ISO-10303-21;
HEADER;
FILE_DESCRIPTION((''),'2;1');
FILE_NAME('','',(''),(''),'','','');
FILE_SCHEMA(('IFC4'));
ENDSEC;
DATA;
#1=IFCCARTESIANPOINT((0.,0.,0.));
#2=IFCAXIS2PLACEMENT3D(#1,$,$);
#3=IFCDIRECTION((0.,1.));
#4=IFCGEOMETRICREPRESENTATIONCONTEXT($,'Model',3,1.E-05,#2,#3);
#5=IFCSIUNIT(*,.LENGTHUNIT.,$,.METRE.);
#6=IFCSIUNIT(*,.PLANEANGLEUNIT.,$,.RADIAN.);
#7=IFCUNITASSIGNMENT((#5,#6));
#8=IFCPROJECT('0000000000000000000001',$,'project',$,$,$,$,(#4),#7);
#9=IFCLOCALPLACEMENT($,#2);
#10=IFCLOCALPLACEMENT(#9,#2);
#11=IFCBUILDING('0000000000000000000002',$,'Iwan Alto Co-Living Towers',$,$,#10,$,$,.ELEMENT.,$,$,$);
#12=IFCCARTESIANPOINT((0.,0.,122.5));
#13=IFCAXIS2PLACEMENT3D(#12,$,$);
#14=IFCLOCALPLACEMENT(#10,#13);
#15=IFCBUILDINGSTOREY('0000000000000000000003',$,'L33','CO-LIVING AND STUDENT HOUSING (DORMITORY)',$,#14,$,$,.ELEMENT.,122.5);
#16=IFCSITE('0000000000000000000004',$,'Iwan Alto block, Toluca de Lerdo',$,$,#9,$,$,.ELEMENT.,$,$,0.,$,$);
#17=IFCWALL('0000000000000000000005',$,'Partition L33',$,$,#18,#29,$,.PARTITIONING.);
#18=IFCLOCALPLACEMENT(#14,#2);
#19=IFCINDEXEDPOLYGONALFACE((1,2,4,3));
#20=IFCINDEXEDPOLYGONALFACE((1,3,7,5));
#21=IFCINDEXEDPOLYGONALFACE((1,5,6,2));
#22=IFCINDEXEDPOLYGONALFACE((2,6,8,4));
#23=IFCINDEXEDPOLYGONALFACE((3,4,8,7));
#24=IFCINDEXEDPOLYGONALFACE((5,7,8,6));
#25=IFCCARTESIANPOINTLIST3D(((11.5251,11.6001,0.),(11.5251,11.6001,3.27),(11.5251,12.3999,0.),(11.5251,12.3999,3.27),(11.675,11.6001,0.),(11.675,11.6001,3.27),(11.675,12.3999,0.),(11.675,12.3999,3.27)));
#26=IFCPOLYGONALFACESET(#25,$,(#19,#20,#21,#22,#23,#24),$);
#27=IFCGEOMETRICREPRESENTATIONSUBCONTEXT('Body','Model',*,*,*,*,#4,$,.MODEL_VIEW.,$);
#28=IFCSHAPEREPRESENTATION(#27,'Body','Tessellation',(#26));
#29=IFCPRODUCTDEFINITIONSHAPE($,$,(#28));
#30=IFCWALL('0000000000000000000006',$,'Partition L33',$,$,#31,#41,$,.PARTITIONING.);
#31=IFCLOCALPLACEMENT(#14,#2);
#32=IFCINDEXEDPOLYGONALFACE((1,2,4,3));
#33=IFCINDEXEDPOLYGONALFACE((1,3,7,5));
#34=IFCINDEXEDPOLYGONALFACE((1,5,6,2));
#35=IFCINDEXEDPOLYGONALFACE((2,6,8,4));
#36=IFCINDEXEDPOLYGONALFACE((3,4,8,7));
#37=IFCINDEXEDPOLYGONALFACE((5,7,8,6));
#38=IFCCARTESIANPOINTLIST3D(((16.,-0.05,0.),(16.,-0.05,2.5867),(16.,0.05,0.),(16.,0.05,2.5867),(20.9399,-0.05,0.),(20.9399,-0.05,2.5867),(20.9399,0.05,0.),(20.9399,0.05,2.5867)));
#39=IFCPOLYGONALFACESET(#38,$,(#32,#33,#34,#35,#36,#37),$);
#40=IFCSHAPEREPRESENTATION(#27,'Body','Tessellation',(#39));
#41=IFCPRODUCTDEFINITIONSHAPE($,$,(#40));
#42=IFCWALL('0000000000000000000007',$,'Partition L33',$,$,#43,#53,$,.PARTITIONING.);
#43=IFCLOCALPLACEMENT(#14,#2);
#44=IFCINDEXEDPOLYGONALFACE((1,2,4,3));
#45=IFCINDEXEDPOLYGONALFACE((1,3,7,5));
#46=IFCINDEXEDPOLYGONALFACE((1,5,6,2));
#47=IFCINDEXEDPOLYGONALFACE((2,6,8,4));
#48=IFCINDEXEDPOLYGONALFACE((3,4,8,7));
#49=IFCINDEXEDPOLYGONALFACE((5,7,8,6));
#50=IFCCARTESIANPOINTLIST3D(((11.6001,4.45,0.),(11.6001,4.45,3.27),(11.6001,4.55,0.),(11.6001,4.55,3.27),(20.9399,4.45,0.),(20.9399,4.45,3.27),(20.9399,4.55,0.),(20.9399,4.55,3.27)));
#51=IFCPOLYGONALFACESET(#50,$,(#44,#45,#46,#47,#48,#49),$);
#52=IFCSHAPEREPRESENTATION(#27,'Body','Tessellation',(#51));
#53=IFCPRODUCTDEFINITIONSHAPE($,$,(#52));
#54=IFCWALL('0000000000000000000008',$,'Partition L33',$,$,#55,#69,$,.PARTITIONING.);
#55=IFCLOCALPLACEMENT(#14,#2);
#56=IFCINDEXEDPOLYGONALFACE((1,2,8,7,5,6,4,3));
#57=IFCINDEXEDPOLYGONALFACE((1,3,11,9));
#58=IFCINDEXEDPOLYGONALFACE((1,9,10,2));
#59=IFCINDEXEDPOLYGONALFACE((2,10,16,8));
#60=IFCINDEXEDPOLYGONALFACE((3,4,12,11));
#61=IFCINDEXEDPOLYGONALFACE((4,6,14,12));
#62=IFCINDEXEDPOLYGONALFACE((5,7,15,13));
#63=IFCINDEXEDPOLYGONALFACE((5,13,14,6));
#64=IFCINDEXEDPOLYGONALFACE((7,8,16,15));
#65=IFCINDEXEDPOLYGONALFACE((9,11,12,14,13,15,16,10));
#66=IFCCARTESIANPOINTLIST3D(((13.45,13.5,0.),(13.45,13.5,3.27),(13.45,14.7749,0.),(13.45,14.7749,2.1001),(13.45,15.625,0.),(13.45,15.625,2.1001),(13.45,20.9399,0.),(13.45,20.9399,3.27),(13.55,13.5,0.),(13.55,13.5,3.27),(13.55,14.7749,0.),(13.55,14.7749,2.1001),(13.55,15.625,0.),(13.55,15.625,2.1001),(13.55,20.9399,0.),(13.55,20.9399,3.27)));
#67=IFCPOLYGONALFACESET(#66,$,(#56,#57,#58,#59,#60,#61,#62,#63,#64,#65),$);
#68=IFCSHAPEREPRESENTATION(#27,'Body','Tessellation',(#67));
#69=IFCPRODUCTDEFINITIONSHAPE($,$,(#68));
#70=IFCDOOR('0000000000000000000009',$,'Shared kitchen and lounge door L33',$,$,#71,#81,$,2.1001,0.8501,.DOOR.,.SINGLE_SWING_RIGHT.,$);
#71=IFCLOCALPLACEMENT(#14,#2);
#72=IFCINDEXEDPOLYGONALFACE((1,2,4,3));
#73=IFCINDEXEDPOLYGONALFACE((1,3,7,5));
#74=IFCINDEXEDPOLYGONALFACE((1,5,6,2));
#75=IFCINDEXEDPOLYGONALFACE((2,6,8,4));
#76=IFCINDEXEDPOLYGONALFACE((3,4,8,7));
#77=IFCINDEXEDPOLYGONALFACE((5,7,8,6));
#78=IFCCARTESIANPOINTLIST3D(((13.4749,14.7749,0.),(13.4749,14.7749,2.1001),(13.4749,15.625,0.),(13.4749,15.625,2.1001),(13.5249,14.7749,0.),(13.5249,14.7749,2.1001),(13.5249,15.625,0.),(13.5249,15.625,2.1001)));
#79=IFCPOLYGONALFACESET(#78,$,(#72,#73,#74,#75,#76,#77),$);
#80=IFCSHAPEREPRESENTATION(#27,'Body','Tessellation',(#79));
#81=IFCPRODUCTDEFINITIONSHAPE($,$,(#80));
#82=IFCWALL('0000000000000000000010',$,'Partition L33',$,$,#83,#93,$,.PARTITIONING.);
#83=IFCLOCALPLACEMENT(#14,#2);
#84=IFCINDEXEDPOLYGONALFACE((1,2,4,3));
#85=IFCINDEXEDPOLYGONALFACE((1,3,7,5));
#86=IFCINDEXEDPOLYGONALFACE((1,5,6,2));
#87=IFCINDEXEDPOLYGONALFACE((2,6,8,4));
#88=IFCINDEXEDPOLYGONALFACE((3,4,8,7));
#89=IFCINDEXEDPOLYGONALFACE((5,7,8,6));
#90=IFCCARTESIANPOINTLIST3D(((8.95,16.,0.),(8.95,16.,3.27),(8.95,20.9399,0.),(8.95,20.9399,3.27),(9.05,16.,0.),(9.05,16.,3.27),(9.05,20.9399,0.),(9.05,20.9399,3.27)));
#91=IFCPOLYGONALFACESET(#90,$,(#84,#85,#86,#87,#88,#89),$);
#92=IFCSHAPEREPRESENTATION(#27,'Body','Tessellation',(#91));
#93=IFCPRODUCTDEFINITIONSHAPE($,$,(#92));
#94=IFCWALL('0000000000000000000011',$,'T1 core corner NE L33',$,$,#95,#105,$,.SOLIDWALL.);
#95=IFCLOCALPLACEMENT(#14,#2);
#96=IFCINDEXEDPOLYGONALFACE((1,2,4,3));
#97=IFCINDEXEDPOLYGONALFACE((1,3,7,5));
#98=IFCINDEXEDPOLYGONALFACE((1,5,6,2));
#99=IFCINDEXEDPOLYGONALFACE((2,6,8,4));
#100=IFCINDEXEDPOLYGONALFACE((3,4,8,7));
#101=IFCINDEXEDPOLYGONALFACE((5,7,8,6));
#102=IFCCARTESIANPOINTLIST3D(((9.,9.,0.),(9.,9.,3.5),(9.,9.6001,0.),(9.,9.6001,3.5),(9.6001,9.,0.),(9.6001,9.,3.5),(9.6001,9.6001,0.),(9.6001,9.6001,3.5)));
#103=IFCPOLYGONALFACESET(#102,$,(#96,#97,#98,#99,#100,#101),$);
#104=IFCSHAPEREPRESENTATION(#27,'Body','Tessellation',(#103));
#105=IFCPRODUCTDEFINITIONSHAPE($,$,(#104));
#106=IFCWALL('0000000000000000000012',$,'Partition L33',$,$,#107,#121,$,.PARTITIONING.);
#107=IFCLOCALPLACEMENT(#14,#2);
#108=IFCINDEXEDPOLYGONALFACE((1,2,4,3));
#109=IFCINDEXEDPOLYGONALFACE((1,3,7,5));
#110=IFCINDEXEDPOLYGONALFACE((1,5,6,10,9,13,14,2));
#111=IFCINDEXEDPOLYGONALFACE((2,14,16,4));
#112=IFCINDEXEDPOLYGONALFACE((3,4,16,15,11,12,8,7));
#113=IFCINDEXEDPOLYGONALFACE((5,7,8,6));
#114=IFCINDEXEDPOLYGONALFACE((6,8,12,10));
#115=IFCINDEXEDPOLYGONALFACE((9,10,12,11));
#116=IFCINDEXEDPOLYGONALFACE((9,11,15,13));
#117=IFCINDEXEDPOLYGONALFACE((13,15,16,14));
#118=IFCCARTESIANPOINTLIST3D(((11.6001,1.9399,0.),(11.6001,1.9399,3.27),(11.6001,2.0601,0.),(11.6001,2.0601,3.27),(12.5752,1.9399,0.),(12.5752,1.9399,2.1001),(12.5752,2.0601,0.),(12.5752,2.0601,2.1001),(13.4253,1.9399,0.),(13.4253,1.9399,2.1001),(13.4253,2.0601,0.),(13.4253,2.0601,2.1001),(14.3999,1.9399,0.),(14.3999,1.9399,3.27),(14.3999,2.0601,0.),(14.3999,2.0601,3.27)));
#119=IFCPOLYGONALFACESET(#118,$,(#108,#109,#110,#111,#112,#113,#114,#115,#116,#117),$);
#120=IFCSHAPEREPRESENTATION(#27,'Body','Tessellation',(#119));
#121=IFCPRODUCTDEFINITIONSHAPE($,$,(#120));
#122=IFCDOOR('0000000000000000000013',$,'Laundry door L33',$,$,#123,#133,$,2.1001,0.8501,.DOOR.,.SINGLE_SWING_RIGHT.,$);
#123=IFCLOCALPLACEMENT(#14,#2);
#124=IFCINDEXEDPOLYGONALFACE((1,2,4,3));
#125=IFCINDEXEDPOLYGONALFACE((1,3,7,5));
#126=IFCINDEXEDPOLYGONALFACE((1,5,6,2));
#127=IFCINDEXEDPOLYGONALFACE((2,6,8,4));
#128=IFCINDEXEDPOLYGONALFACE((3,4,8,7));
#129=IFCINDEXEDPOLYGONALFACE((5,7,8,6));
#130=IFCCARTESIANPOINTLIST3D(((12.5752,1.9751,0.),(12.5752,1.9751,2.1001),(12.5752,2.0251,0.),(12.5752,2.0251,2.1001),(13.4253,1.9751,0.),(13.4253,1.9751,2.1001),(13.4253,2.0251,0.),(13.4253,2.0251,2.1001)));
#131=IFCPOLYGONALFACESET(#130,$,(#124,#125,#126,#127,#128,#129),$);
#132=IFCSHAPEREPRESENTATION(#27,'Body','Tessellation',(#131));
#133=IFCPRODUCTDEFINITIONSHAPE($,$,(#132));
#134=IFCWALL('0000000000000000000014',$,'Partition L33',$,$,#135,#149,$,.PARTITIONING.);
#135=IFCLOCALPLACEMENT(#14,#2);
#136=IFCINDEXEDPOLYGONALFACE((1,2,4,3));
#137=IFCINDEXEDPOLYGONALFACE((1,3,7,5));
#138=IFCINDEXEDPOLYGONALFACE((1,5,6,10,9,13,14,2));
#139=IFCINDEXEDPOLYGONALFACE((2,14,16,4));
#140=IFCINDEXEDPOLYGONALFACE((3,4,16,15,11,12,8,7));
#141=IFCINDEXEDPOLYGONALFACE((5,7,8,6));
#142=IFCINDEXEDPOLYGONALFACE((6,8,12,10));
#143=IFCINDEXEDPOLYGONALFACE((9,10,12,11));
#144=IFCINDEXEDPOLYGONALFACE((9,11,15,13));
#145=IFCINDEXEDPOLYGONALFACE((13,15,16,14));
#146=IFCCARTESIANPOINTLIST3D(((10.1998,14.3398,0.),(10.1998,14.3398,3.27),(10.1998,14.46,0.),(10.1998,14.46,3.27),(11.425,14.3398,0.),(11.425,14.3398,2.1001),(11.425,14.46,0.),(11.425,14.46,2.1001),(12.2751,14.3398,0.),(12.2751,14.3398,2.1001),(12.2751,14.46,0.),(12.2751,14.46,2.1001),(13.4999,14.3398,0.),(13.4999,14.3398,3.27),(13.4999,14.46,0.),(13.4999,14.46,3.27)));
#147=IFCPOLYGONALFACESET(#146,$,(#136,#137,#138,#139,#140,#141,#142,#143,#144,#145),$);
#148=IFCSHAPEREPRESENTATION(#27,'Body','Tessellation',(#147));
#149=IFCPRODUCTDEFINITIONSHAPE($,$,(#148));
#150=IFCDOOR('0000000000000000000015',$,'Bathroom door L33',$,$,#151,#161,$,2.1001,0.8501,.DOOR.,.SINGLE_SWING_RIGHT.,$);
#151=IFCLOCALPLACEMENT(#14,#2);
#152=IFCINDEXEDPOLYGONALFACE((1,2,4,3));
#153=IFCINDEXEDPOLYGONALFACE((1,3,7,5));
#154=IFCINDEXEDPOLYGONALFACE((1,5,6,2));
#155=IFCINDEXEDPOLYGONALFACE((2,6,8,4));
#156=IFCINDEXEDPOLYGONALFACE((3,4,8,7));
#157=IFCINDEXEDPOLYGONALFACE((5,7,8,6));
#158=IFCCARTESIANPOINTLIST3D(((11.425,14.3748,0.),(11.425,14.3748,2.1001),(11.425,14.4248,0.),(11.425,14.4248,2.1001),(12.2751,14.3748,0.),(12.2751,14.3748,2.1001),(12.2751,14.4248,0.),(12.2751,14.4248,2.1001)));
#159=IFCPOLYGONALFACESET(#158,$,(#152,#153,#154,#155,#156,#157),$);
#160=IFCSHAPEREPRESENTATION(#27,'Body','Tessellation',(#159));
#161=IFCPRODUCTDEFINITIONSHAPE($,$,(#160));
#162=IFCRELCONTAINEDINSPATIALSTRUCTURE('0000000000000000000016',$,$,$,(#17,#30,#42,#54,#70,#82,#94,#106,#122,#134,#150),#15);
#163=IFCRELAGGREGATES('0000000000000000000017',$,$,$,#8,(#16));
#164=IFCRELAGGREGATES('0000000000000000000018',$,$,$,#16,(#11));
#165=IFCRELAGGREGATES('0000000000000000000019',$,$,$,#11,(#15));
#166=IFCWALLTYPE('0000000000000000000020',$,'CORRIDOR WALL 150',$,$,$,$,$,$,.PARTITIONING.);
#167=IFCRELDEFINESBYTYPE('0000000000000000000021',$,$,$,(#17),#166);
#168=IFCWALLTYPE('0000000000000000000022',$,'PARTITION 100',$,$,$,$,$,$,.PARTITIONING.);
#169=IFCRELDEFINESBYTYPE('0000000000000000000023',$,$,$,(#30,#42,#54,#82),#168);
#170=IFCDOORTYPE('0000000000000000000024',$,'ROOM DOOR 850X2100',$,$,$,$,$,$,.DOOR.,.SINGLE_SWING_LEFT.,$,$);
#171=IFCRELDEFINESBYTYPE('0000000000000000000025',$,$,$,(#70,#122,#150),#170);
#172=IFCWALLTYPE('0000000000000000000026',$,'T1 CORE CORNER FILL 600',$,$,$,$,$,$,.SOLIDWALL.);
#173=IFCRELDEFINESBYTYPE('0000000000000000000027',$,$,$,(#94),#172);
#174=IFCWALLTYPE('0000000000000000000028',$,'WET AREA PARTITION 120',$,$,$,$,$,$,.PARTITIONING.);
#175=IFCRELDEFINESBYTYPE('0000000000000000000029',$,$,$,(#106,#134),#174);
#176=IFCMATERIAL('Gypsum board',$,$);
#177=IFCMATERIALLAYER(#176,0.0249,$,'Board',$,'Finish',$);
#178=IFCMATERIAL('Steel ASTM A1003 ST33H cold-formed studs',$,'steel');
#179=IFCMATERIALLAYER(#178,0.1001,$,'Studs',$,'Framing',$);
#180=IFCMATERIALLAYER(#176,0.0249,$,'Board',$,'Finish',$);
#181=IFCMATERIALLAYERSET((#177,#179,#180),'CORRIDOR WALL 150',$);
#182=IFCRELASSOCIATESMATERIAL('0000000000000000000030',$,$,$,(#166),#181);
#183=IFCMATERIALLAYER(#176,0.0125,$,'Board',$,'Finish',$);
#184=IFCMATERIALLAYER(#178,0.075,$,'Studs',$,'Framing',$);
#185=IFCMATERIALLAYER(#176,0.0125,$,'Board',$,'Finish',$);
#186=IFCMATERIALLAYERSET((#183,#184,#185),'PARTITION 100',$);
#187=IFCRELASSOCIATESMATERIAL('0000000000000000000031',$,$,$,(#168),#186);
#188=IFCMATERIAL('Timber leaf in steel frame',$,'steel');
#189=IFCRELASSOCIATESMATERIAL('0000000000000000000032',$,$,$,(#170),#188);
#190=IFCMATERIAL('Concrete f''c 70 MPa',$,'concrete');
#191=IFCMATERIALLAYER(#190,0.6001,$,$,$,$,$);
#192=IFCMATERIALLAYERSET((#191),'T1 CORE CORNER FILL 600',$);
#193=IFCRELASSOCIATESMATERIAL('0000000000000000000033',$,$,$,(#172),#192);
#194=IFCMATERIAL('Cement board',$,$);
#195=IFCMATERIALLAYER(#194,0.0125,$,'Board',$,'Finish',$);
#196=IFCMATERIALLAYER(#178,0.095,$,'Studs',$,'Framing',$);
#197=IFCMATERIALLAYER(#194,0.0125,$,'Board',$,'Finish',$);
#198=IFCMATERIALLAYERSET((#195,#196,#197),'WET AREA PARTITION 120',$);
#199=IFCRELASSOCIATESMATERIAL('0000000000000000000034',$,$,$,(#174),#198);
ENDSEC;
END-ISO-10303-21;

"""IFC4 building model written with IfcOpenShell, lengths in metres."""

from ifc_helpers import new_model, si_unit, direction, frame, frame_2d, origin, place, context, subcontext, project, spatial, rectangle, extrude, material, layer, layer_set, type_object, element, fill, save


model = new_model("IFC4")

# Units and contexts
model_context = context("Model", 3, precision=1e-05, world=origin(), true_north=direction((0.0, 1.0)))
body_context = subcontext(model_context, "Body", "Model", "MODEL_VIEW")
ifc_project = project(units=[si_unit("LENGTHUNIT", "METRE"), si_unit("PLANEANGLEUNIT", "RADIAN")], contexts=[model_context])

# Site, building, storey
site_placement = place(None, origin())
site = spatial("IfcSite", under=ifc_project, at=site_placement, Name="Iwan Alto block, Toluca de Lerdo", CompositionType="ELEMENT", RefElevation=0.0)
building_placement = place(site_placement, origin())
building = spatial("IfcBuilding", under=site, at=building_placement, Name="Iwan Alto Co-Living Towers", CompositionType="ELEMENT")
storey_placement = place(building_placement, frame((0.0, 0.0, 122.5)))
storey = spatial("IfcBuildingStorey", under=building, at=storey_placement, Name="L33", Description="CO-LIVING AND STUDENT HOUSING (DORMITORY)", CompositionType="ELEMENT", Elevation=122.5)

# Shared definitions
ifc_material_1 = material(Name="Gypsum board")
ifc_layer_1 = layer(ifc_material_1, 0.0249, Name="Board", Category="Finish")
ifc_material_2 = material(Name="Steel ASTM A1003 ST33H cold-formed studs", Category="steel")
ifc_layer_2 = layer(ifc_material_2, 0.1001, Name="Studs", Category="Framing")
ifc_layer_3 = layer(ifc_material_1, 0.0249, Name="Board", Category="Finish")
ifc_layer_set_1 = layer_set([ifc_layer_1, ifc_layer_2, ifc_layer_3], Name="CORRIDOR WALL 150")
wall_type_1 = type_object("IfcWallType", Name="CORRIDOR WALL 150", PredefinedType="PARTITIONING", material=ifc_layer_set_1)

# Walls
wall_1_placement = place(storey_placement, frame((11.6001, 11.6001, 0.0), z_axis=(0.0, 0.0, 1.0), x_axis=(0.0, 1.0, 0.0)))
element("IfcWall", 1, at=wall_1_placement, inside=storey, type_object=wall_type_1, Name="Partition L33", PredefinedType="PARTITIONING", context=body_context, shape_type="SweptSolid", body=[
    extrude(rectangle(XDim=0.7998, YDim=0.1499, at=frame_2d((0.3999, 0.0))), origin(), (0.0, 0.0, 1.0), 3.27),
])
ifc_layer_4 = layer(ifc_material_1, 0.0125, Name="Board", Category="Finish")
ifc_layer_5 = layer(ifc_material_2, 0.075, Name="Studs", Category="Framing")
ifc_layer_6 = layer(ifc_material_1, 0.0125, Name="Board", Category="Finish")
ifc_layer_set_2 = layer_set([ifc_layer_4, ifc_layer_5, ifc_layer_6], Name="PARTITION 100")
wall_type_2 = type_object("IfcWallType", Name="PARTITION 100", PredefinedType="PARTITIONING", material=ifc_layer_set_2)
wall_2_placement = place(storey_placement, frame((16.0, 0.0, 0.0), z_axis=(0.0, 0.0, 1.0), x_axis=(1.0, 0.0, 0.0)))
element("IfcWall", 2, at=wall_2_placement, inside=storey, type_object=wall_type_2, Name="Partition L33", PredefinedType="PARTITIONING", context=body_context, shape_type="SweptSolid", body=[
    extrude(rectangle(XDim=4.9399, YDim=0.1001, at=frame_2d((2.47, 0.0))), origin(), (0.0, 0.0, 1.0), 2.5867),
])
wall_3_placement = place(storey_placement, frame((11.6001, 4.5, 0.0), z_axis=(0.0, 0.0, 1.0), x_axis=(1.0, 0.0, 0.0)))
element("IfcWall", 3, at=wall_3_placement, inside=storey, type_object=wall_type_2, Name="Partition L33", PredefinedType="PARTITIONING", context=body_context, shape_type="SweptSolid", body=[
    extrude(rectangle(XDim=9.3398, YDim=0.1001, at=frame_2d((4.6699, 0.0))), origin(), (0.0, 0.0, 1.0), 3.27),
])

# Wall, opening, door
wall_4_placement = place(storey_placement, frame((13.5, 13.5, 0.0), z_axis=(0.0, 0.0, 1.0), x_axis=(0.0, 1.0, 0.0)))
wall_4 = element("IfcWall", 4, at=wall_4_placement, inside=storey, type_object=wall_type_2, Name="Partition L33", PredefinedType="PARTITIONING", context=body_context, shape_type="SweptSolid", body=[
    extrude(rectangle(XDim=7.4399, YDim=0.1001, at=frame_2d((3.72, 0.0))), origin(), (0.0, 0.0, 1.0), 3.27),
])
opening_1_placement = place(wall_4_placement, frame((1.2749, 0.0, 0.0)))
opening_1 = element("IfcOpeningElement", 5, at=opening_1_placement, cuts=wall_4, PredefinedType="OPENING", context=body_context, shape_type="SweptSolid", body=[
    extrude(rectangle(XDim=0.8501, YDim=2.1001, at=frame_2d((0.425, 1.05))), frame((0.0, 0.0601, 0.0), z_axis=(0.0, -1.0, 0.0), x_axis=(1.0, 0.0, 0.0)), (0.0, 0.0, 1.0), 0.1201),
])
ifc_material_3 = material(Name="Timber leaf in steel frame", Category="steel")
door_type_1 = type_object("IfcDoorType", Name="ROOM DOOR 850X2100", OperationType="SINGLE_SWING_LEFT", PredefinedType="DOOR", material=ifc_material_3)
door_1_placement = place(opening_1_placement, frame((0.8501, 0.0, 0.0), z_axis=(0.0, 0.0, 1.0), x_axis=(-1.0, 0.0, 0.0)))
door_1 = element("IfcDoor", 6, at=door_1_placement, inside=storey, type_object=door_type_1, Name="Shared kitchen and lounge door L33", OperationType="SINGLE_SWING_RIGHT", OverallHeight=2.1001, OverallWidth=0.8501, PredefinedType="DOOR", context=body_context, shape_type="SweptSolid", body=[
    extrude(rectangle(XDim=0.8501, YDim=2.1001, at=frame_2d((0.425, 1.05))), frame((0.0, 0.0249, 0.0), z_axis=(0.0, -1.0, 0.0), x_axis=(1.0, 0.0, 0.0)), (0.0, 0.0, 1.0), 0.05),
])
fill(opening_1, door_1)

# Walls
wall_5_placement = place(storey_placement, frame((9.0, 16.0, 0.0), z_axis=(0.0, 0.0, 1.0), x_axis=(0.0, 1.0, 0.0)))
element("IfcWall", 7, at=wall_5_placement, inside=storey, type_object=wall_type_2, Name="Partition L33", PredefinedType="PARTITIONING", context=body_context, shape_type="SweptSolid", body=[
    extrude(rectangle(XDim=4.9399, YDim=0.1001, at=frame_2d((2.47, 0.0))), origin(), (0.0, 0.0, 1.0), 3.27),
])
ifc_material_4 = material(Name="Concrete f'c 70 MPa", Category="concrete")
ifc_layer_7 = layer(ifc_material_4, 0.6001)
ifc_layer_set_3 = layer_set([ifc_layer_7], Name="T1 CORE CORNER FILL 600")
wall_type_3 = type_object("IfcWallType", Name="T1 CORE CORNER FILL 600", PredefinedType="SOLIDWALL", material=ifc_layer_set_3)
wall_6_placement = place(storey_placement, frame((9.0, 9.3, 0.0), z_axis=(0.0, 0.0, 1.0), x_axis=(1.0, 0.0, 0.0)))
element("IfcWall", 8, at=wall_6_placement, inside=storey, type_object=wall_type_3, Name="T1 core corner NE L33", PredefinedType="SOLIDWALL", context=body_context, shape_type="SweptSolid", body=[
    extrude(rectangle(XDim=0.6001, YDim=0.6001, at=frame_2d((0.3, 0.0))), origin(), (0.0, 0.0, 1.0), 3.5),
])

# Walls, openings, doors
ifc_material_5 = material(Name="Cement board")
ifc_layer_8 = layer(ifc_material_5, 0.0125, Name="Board", Category="Finish")
ifc_layer_9 = layer(ifc_material_2, 0.095, Name="Studs", Category="Framing")
ifc_layer_10 = layer(ifc_material_5, 0.0125, Name="Board", Category="Finish")
ifc_layer_set_4 = layer_set([ifc_layer_8, ifc_layer_9, ifc_layer_10], Name="WET AREA PARTITION 120")
wall_type_4 = type_object("IfcWallType", Name="WET AREA PARTITION 120", PredefinedType="PARTITIONING", material=ifc_layer_set_4)
wall_7_placement = place(storey_placement, frame((11.6001, 2.0, 0.0), z_axis=(0.0, 0.0, 1.0), x_axis=(1.0, 0.0, 0.0)))
wall_7 = element("IfcWall", 9, at=wall_7_placement, inside=storey, type_object=wall_type_4, Name="Partition L33", PredefinedType="PARTITIONING", context=body_context, shape_type="SweptSolid", body=[
    extrude(rectangle(XDim=2.7998, YDim=0.1201, at=frame_2d((1.3999, 0.0))), origin(), (0.0, 0.0, 1.0), 3.27),
])
opening_2_placement = place(wall_7_placement, frame((0.9751, 0.0, 0.0)))
opening_2 = element("IfcOpeningElement", 10, at=opening_2_placement, cuts=wall_7, PredefinedType="OPENING", context=body_context, shape_type="SweptSolid", body=[
    extrude(rectangle(XDim=0.8501, YDim=2.1001, at=frame_2d((0.425, 1.05))), frame((0.0, 0.0701, 0.0), z_axis=(0.0, -1.0, 0.0), x_axis=(1.0, 0.0, 0.0)), (0.0, 0.0, 1.0), 0.1401),
])
door_2_placement = place(opening_2_placement, frame((0.8501, 0.0, 0.0), z_axis=(0.0, 0.0, 1.0), x_axis=(-1.0, 0.0, 0.0)))
door_2 = element("IfcDoor", 11, at=door_2_placement, inside=storey, type_object=door_type_1, Name="Laundry door L33", OperationType="SINGLE_SWING_RIGHT", OverallHeight=2.1001, OverallWidth=0.8501, PredefinedType="DOOR", context=body_context, shape_type="SweptSolid", body=[
    extrude(rectangle(XDim=0.8501, YDim=2.1001, at=frame_2d((0.425, 1.05))), frame((0.0, 0.0249, 0.0), z_axis=(0.0, -1.0, 0.0), x_axis=(1.0, 0.0, 0.0)), (0.0, 0.0, 1.0), 0.05),
])
fill(opening_2, door_2)
wall_8_placement = place(storey_placement, frame((10.2, 14.3999, 0.0), z_axis=(0.0, 0.0, 1.0), x_axis=(1.0, 0.0, 0.0)))
wall_8 = element("IfcWall", 12, at=wall_8_placement, inside=storey, type_object=wall_type_4, Name="Partition L33", PredefinedType="PARTITIONING", context=body_context, shape_type="SweptSolid", body=[
    extrude(rectangle(XDim=3.3, YDim=0.1201, at=frame_2d((1.6499, 0.0))), origin(), (0.0, 0.0, 1.0), 3.27),
])
opening_3_placement = place(wall_8_placement, frame((1.2251, 0.0, 0.0)))
opening_3 = element("IfcOpeningElement", 13, at=opening_3_placement, cuts=wall_8, PredefinedType="OPENING", context=body_context, shape_type="SweptSolid", body=[
    extrude(rectangle(XDim=0.8501, YDim=2.1001, at=frame_2d((0.425, 1.05))), frame((0.0, 0.0701, 0.0), z_axis=(0.0, -1.0, 0.0), x_axis=(1.0, 0.0, 0.0)), (0.0, 0.0, 1.0), 0.1401),
])
door_3_placement = place(opening_3_placement, origin())
door_3 = element("IfcDoor", 14, at=door_3_placement, inside=storey, type_object=door_type_1, Name="Bathroom door L33", OperationType="SINGLE_SWING_RIGHT", OverallHeight=2.1001, OverallWidth=0.8501, PredefinedType="DOOR", context=body_context, shape_type="SweptSolid", body=[
    extrude(rectangle(XDim=0.8501, YDim=2.1001, at=frame_2d((0.425, 1.05))), frame((0.0, 0.0249, 0.0), z_axis=(0.0, -1.0, 0.0), x_axis=(1.0, 0.0, 0.0)), (0.0, 0.0, 1.0), 0.05),
])
fill(opening_3, door_3)

save(model, "model.ifc")
